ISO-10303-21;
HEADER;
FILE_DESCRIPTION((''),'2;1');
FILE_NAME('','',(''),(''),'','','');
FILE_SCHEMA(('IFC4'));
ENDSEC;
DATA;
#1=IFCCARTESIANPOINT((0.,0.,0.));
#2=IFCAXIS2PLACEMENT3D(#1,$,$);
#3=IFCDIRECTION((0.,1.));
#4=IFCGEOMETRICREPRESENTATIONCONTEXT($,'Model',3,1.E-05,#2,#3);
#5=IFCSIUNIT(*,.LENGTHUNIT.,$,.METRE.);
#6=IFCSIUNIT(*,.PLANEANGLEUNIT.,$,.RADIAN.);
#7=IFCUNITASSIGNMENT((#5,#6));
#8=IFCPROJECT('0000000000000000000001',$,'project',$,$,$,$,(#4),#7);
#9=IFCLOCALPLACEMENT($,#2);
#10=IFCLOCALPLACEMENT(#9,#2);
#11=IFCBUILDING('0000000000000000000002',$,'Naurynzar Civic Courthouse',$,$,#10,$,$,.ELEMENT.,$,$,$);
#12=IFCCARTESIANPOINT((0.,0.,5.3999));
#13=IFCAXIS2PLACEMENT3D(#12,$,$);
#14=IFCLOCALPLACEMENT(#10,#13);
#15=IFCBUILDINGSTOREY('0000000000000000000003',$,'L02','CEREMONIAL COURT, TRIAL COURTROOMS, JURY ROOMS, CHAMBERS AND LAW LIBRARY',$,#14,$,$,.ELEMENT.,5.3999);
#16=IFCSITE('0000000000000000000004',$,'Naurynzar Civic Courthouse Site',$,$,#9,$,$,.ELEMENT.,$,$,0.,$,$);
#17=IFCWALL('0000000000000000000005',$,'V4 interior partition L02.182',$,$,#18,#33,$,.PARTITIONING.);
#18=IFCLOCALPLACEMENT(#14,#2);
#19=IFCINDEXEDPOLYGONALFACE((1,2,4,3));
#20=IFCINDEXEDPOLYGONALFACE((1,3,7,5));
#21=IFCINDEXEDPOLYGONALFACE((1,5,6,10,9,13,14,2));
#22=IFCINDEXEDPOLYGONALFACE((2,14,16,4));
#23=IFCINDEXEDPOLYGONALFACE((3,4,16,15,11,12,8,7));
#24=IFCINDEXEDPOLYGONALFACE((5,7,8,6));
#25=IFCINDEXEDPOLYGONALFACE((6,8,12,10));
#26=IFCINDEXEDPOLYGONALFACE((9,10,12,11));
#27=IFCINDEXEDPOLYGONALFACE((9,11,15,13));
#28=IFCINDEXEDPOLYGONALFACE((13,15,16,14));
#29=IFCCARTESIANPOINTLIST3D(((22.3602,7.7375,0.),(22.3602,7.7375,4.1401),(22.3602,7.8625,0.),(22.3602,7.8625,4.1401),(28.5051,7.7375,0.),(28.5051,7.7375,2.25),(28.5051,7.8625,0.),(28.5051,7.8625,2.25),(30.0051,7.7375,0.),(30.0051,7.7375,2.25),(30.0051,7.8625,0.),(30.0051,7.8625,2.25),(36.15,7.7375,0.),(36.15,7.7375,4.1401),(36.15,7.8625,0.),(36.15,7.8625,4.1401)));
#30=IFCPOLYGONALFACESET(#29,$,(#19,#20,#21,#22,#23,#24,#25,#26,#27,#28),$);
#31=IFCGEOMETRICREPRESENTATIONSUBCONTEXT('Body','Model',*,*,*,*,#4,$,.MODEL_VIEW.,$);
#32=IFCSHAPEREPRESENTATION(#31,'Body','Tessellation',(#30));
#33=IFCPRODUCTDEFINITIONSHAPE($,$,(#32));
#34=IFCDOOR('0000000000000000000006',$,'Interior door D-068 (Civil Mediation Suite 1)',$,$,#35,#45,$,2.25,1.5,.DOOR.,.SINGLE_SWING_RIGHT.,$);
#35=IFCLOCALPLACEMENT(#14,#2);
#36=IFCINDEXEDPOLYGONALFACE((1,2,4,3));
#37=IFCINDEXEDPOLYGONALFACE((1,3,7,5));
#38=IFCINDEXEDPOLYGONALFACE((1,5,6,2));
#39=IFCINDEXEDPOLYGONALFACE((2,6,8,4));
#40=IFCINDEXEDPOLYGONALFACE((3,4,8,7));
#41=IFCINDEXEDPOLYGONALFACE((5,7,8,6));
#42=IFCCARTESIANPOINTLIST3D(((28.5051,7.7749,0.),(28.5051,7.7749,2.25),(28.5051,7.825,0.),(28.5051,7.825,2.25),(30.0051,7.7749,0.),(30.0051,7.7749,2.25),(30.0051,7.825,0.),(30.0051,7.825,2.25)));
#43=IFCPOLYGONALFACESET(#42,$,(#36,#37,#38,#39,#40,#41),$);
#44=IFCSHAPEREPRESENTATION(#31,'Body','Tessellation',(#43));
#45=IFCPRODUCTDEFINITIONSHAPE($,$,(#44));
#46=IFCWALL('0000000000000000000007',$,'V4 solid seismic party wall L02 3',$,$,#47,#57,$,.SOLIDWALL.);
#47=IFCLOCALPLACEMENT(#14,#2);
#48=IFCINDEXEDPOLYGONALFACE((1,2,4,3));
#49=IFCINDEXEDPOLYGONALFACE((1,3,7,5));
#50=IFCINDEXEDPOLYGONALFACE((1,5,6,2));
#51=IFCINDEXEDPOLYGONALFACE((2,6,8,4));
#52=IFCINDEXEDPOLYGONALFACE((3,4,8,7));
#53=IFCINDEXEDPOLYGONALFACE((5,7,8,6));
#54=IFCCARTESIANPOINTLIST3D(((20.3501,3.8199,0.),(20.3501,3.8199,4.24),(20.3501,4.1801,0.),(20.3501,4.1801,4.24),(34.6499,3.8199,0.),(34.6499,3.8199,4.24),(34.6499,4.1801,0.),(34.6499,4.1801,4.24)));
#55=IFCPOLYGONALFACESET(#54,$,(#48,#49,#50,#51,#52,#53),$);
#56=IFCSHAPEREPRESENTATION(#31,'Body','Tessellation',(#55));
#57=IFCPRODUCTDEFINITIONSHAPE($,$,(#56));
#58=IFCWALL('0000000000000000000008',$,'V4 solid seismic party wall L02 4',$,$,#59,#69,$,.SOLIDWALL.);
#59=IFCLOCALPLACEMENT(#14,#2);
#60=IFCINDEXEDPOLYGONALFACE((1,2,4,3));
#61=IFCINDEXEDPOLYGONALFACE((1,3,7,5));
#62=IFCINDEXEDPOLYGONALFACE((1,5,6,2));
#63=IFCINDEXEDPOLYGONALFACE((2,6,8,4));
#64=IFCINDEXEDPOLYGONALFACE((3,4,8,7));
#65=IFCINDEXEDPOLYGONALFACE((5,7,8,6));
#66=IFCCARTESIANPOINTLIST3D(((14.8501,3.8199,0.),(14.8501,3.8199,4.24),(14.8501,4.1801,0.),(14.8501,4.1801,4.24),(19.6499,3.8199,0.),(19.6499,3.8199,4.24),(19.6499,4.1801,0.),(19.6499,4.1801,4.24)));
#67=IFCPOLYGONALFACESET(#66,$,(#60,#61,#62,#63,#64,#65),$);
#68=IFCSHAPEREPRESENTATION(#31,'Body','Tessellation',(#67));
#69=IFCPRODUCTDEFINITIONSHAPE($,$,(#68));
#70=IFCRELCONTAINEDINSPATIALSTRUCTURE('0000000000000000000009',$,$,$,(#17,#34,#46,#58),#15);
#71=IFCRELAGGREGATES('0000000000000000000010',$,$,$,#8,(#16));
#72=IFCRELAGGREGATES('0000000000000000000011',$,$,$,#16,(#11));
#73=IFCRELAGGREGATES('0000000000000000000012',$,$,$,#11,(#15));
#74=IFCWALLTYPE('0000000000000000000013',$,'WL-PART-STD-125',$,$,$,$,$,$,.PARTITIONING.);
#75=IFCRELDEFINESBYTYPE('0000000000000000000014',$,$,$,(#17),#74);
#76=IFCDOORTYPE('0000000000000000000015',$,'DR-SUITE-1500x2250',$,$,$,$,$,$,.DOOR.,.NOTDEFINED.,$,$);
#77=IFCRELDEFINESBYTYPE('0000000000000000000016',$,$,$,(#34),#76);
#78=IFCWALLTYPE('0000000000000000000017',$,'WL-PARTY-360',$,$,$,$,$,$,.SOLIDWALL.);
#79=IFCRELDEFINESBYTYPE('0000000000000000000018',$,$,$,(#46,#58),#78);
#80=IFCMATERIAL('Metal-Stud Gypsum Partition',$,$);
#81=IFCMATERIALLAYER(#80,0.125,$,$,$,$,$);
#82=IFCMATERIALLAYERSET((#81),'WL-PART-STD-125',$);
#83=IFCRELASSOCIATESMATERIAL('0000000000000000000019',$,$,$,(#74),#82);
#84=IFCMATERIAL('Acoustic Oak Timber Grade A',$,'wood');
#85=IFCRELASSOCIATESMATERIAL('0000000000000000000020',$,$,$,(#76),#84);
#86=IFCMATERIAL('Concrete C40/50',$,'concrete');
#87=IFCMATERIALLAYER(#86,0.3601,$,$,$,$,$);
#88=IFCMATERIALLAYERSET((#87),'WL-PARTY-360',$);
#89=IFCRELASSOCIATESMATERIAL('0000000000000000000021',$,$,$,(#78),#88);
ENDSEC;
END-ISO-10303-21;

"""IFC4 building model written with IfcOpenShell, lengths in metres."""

from ifc_helpers import new_model, si_unit, direction, frame, frame_2d, origin, place, context, subcontext, project, spatial, rectangle, extrude, material, layer, layer_set, type_object, element, fill, save


model = new_model("IFC4")

# Units and contexts
model_context = context("Model", 3, precision=1e-05, world=origin(), true_north=direction((0.0, 1.0)))
body_context = subcontext(model_context, "Body", "Model", "MODEL_VIEW")
ifc_project = project(units=[si_unit("LENGTHUNIT", "METRE"), si_unit("PLANEANGLEUNIT", "RADIAN")], contexts=[model_context])

# Site, building, storey
site_placement = place(None, origin())
site = spatial("IfcSite", under=ifc_project, at=site_placement, Name="Naurynzar Civic Courthouse Site", CompositionType="ELEMENT", RefElevation=0.0)
building_placement = place(site_placement, origin())
building = spatial("IfcBuilding", under=site, at=building_placement, Name="Naurynzar Civic Courthouse", CompositionType="ELEMENT")
storey_placement = place(building_placement, frame((0.0, 0.0, 5.3999)))
storey = spatial("IfcBuildingStorey", under=building, at=storey_placement, Name="L02", Description="CEREMONIAL COURT, TRIAL COURTROOMS, JURY ROOMS, CHAMBERS AND LAW LIBRARY", CompositionType="ELEMENT", Elevation=5.3999)

# Wall, opening, door
ifc_material_1 = material(Name="Metal-Stud Gypsum Partition")
ifc_layer_1 = layer(ifc_material_1, 0.125)
ifc_layer_set_1 = layer_set([ifc_layer_1], Name="WL-PART-STD-125")
wall_type_1 = type_object("IfcWallType", Name="WL-PART-STD-125", PredefinedType="PARTITIONING", material=ifc_layer_set_1)
wall_1_placement = place(storey_placement, frame((22.3601, 7.8, 0.0), z_axis=(0.0, 0.0, 1.0), x_axis=(1.0, 0.0, 0.0)))
wall_1 = element("IfcWall", 1, at=wall_1_placement, inside=storey, type_object=wall_type_1, Name="V4 interior partition L02.182", PredefinedType="PARTITIONING", context=body_context, shape_type="SweptSolid", body=[
    extrude(rectangle(XDim=13.7898, YDim=0.125, at=frame_2d((6.895, 0.0))), origin(), (0.0, 0.0, 1.0), 4.1401),
])
opening_1_placement = place(wall_1_placement, frame((6.145, 0.0, 0.0)))
opening_1 = element("IfcOpeningElement", 2, at=opening_1_placement, cuts=wall_1, PredefinedType="OPENING", context=body_context, shape_type="SweptSolid", body=[
    extrude(rectangle(XDim=1.5, YDim=2.25, at=frame_2d((0.75, 1.125))), frame((0.0, 0.0725, 0.0), z_axis=(0.0, -1.0, 0.0), x_axis=(1.0, 0.0, 0.0)), (0.0, 0.0, 1.0), 0.145),
])
ifc_material_2 = material(Name="Acoustic Oak Timber Grade A", Category="wood")
door_type_1 = type_object("IfcDoorType", Name="DR-SUITE-1500x2250", OperationType="NOTDEFINED", PredefinedType="DOOR", material=ifc_material_2)
door_1_placement = place(opening_1_placement, origin())
door_1 = element("IfcDoor", 3, at=door_1_placement, inside=storey, type_object=door_type_1, Name="Interior door D-068 (Civil Mediation Suite 1)", OperationType="SINGLE_SWING_RIGHT", OverallHeight=2.25, OverallWidth=1.5, PredefinedType="DOOR", context=body_context, shape_type="SweptSolid", body=[
    extrude(rectangle(XDim=1.5, YDim=2.25, at=frame_2d((0.75, 1.125))), frame((0.0, 0.0249, 0.0), z_axis=(0.0, -1.0, 0.0), x_axis=(1.0, 0.0, 0.0)), (0.0, 0.0, 1.0), 0.05),
])
fill(opening_1, door_1)

# Walls
ifc_material_3 = material(Name="Concrete C40/50", Category="concrete")
ifc_layer_2 = layer(ifc_material_3, 0.3601)
ifc_layer_set_2 = layer_set([ifc_layer_2], Name="WL-PARTY-360")
wall_type_2 = type_object("IfcWallType", Name="WL-PARTY-360", PredefinedType="SOLIDWALL", material=ifc_layer_set_2)
wall_2_placement = place(storey_placement, frame((34.6499, 4.0, 0.0), z_axis=(0.0, 0.0, 1.0), x_axis=(-1.0, 0.0, 0.0)))
element("IfcWall", 4, at=wall_2_placement, inside=storey, type_object=wall_type_2, Name="V4 solid seismic party wall L02 3", PredefinedType="SOLIDWALL", context=body_context, shape_type="SweptSolid", body=[
    extrude(rectangle(XDim=14.2998, YDim=0.3601, at=frame_2d((7.1499, 0.0))), origin(), (0.0, 0.0, 1.0), 4.24),
])
wall_3_placement = place(storey_placement, frame((19.6499, 4.0, 0.0), z_axis=(0.0, 0.0, 1.0), x_axis=(-1.0, 0.0, 0.0)))
element("IfcWall", 5, at=wall_3_placement, inside=storey, type_object=wall_type_2, Name="V4 solid seismic party wall L02 4", PredefinedType="SOLIDWALL", context=body_context, shape_type="SweptSolid", body=[
    extrude(rectangle(XDim=4.7998, YDim=0.3601, at=frame_2d((2.3999, 0.0))), origin(), (0.0, 0.0, 1.0), 4.24),
])

save(model, "model.ifc")
